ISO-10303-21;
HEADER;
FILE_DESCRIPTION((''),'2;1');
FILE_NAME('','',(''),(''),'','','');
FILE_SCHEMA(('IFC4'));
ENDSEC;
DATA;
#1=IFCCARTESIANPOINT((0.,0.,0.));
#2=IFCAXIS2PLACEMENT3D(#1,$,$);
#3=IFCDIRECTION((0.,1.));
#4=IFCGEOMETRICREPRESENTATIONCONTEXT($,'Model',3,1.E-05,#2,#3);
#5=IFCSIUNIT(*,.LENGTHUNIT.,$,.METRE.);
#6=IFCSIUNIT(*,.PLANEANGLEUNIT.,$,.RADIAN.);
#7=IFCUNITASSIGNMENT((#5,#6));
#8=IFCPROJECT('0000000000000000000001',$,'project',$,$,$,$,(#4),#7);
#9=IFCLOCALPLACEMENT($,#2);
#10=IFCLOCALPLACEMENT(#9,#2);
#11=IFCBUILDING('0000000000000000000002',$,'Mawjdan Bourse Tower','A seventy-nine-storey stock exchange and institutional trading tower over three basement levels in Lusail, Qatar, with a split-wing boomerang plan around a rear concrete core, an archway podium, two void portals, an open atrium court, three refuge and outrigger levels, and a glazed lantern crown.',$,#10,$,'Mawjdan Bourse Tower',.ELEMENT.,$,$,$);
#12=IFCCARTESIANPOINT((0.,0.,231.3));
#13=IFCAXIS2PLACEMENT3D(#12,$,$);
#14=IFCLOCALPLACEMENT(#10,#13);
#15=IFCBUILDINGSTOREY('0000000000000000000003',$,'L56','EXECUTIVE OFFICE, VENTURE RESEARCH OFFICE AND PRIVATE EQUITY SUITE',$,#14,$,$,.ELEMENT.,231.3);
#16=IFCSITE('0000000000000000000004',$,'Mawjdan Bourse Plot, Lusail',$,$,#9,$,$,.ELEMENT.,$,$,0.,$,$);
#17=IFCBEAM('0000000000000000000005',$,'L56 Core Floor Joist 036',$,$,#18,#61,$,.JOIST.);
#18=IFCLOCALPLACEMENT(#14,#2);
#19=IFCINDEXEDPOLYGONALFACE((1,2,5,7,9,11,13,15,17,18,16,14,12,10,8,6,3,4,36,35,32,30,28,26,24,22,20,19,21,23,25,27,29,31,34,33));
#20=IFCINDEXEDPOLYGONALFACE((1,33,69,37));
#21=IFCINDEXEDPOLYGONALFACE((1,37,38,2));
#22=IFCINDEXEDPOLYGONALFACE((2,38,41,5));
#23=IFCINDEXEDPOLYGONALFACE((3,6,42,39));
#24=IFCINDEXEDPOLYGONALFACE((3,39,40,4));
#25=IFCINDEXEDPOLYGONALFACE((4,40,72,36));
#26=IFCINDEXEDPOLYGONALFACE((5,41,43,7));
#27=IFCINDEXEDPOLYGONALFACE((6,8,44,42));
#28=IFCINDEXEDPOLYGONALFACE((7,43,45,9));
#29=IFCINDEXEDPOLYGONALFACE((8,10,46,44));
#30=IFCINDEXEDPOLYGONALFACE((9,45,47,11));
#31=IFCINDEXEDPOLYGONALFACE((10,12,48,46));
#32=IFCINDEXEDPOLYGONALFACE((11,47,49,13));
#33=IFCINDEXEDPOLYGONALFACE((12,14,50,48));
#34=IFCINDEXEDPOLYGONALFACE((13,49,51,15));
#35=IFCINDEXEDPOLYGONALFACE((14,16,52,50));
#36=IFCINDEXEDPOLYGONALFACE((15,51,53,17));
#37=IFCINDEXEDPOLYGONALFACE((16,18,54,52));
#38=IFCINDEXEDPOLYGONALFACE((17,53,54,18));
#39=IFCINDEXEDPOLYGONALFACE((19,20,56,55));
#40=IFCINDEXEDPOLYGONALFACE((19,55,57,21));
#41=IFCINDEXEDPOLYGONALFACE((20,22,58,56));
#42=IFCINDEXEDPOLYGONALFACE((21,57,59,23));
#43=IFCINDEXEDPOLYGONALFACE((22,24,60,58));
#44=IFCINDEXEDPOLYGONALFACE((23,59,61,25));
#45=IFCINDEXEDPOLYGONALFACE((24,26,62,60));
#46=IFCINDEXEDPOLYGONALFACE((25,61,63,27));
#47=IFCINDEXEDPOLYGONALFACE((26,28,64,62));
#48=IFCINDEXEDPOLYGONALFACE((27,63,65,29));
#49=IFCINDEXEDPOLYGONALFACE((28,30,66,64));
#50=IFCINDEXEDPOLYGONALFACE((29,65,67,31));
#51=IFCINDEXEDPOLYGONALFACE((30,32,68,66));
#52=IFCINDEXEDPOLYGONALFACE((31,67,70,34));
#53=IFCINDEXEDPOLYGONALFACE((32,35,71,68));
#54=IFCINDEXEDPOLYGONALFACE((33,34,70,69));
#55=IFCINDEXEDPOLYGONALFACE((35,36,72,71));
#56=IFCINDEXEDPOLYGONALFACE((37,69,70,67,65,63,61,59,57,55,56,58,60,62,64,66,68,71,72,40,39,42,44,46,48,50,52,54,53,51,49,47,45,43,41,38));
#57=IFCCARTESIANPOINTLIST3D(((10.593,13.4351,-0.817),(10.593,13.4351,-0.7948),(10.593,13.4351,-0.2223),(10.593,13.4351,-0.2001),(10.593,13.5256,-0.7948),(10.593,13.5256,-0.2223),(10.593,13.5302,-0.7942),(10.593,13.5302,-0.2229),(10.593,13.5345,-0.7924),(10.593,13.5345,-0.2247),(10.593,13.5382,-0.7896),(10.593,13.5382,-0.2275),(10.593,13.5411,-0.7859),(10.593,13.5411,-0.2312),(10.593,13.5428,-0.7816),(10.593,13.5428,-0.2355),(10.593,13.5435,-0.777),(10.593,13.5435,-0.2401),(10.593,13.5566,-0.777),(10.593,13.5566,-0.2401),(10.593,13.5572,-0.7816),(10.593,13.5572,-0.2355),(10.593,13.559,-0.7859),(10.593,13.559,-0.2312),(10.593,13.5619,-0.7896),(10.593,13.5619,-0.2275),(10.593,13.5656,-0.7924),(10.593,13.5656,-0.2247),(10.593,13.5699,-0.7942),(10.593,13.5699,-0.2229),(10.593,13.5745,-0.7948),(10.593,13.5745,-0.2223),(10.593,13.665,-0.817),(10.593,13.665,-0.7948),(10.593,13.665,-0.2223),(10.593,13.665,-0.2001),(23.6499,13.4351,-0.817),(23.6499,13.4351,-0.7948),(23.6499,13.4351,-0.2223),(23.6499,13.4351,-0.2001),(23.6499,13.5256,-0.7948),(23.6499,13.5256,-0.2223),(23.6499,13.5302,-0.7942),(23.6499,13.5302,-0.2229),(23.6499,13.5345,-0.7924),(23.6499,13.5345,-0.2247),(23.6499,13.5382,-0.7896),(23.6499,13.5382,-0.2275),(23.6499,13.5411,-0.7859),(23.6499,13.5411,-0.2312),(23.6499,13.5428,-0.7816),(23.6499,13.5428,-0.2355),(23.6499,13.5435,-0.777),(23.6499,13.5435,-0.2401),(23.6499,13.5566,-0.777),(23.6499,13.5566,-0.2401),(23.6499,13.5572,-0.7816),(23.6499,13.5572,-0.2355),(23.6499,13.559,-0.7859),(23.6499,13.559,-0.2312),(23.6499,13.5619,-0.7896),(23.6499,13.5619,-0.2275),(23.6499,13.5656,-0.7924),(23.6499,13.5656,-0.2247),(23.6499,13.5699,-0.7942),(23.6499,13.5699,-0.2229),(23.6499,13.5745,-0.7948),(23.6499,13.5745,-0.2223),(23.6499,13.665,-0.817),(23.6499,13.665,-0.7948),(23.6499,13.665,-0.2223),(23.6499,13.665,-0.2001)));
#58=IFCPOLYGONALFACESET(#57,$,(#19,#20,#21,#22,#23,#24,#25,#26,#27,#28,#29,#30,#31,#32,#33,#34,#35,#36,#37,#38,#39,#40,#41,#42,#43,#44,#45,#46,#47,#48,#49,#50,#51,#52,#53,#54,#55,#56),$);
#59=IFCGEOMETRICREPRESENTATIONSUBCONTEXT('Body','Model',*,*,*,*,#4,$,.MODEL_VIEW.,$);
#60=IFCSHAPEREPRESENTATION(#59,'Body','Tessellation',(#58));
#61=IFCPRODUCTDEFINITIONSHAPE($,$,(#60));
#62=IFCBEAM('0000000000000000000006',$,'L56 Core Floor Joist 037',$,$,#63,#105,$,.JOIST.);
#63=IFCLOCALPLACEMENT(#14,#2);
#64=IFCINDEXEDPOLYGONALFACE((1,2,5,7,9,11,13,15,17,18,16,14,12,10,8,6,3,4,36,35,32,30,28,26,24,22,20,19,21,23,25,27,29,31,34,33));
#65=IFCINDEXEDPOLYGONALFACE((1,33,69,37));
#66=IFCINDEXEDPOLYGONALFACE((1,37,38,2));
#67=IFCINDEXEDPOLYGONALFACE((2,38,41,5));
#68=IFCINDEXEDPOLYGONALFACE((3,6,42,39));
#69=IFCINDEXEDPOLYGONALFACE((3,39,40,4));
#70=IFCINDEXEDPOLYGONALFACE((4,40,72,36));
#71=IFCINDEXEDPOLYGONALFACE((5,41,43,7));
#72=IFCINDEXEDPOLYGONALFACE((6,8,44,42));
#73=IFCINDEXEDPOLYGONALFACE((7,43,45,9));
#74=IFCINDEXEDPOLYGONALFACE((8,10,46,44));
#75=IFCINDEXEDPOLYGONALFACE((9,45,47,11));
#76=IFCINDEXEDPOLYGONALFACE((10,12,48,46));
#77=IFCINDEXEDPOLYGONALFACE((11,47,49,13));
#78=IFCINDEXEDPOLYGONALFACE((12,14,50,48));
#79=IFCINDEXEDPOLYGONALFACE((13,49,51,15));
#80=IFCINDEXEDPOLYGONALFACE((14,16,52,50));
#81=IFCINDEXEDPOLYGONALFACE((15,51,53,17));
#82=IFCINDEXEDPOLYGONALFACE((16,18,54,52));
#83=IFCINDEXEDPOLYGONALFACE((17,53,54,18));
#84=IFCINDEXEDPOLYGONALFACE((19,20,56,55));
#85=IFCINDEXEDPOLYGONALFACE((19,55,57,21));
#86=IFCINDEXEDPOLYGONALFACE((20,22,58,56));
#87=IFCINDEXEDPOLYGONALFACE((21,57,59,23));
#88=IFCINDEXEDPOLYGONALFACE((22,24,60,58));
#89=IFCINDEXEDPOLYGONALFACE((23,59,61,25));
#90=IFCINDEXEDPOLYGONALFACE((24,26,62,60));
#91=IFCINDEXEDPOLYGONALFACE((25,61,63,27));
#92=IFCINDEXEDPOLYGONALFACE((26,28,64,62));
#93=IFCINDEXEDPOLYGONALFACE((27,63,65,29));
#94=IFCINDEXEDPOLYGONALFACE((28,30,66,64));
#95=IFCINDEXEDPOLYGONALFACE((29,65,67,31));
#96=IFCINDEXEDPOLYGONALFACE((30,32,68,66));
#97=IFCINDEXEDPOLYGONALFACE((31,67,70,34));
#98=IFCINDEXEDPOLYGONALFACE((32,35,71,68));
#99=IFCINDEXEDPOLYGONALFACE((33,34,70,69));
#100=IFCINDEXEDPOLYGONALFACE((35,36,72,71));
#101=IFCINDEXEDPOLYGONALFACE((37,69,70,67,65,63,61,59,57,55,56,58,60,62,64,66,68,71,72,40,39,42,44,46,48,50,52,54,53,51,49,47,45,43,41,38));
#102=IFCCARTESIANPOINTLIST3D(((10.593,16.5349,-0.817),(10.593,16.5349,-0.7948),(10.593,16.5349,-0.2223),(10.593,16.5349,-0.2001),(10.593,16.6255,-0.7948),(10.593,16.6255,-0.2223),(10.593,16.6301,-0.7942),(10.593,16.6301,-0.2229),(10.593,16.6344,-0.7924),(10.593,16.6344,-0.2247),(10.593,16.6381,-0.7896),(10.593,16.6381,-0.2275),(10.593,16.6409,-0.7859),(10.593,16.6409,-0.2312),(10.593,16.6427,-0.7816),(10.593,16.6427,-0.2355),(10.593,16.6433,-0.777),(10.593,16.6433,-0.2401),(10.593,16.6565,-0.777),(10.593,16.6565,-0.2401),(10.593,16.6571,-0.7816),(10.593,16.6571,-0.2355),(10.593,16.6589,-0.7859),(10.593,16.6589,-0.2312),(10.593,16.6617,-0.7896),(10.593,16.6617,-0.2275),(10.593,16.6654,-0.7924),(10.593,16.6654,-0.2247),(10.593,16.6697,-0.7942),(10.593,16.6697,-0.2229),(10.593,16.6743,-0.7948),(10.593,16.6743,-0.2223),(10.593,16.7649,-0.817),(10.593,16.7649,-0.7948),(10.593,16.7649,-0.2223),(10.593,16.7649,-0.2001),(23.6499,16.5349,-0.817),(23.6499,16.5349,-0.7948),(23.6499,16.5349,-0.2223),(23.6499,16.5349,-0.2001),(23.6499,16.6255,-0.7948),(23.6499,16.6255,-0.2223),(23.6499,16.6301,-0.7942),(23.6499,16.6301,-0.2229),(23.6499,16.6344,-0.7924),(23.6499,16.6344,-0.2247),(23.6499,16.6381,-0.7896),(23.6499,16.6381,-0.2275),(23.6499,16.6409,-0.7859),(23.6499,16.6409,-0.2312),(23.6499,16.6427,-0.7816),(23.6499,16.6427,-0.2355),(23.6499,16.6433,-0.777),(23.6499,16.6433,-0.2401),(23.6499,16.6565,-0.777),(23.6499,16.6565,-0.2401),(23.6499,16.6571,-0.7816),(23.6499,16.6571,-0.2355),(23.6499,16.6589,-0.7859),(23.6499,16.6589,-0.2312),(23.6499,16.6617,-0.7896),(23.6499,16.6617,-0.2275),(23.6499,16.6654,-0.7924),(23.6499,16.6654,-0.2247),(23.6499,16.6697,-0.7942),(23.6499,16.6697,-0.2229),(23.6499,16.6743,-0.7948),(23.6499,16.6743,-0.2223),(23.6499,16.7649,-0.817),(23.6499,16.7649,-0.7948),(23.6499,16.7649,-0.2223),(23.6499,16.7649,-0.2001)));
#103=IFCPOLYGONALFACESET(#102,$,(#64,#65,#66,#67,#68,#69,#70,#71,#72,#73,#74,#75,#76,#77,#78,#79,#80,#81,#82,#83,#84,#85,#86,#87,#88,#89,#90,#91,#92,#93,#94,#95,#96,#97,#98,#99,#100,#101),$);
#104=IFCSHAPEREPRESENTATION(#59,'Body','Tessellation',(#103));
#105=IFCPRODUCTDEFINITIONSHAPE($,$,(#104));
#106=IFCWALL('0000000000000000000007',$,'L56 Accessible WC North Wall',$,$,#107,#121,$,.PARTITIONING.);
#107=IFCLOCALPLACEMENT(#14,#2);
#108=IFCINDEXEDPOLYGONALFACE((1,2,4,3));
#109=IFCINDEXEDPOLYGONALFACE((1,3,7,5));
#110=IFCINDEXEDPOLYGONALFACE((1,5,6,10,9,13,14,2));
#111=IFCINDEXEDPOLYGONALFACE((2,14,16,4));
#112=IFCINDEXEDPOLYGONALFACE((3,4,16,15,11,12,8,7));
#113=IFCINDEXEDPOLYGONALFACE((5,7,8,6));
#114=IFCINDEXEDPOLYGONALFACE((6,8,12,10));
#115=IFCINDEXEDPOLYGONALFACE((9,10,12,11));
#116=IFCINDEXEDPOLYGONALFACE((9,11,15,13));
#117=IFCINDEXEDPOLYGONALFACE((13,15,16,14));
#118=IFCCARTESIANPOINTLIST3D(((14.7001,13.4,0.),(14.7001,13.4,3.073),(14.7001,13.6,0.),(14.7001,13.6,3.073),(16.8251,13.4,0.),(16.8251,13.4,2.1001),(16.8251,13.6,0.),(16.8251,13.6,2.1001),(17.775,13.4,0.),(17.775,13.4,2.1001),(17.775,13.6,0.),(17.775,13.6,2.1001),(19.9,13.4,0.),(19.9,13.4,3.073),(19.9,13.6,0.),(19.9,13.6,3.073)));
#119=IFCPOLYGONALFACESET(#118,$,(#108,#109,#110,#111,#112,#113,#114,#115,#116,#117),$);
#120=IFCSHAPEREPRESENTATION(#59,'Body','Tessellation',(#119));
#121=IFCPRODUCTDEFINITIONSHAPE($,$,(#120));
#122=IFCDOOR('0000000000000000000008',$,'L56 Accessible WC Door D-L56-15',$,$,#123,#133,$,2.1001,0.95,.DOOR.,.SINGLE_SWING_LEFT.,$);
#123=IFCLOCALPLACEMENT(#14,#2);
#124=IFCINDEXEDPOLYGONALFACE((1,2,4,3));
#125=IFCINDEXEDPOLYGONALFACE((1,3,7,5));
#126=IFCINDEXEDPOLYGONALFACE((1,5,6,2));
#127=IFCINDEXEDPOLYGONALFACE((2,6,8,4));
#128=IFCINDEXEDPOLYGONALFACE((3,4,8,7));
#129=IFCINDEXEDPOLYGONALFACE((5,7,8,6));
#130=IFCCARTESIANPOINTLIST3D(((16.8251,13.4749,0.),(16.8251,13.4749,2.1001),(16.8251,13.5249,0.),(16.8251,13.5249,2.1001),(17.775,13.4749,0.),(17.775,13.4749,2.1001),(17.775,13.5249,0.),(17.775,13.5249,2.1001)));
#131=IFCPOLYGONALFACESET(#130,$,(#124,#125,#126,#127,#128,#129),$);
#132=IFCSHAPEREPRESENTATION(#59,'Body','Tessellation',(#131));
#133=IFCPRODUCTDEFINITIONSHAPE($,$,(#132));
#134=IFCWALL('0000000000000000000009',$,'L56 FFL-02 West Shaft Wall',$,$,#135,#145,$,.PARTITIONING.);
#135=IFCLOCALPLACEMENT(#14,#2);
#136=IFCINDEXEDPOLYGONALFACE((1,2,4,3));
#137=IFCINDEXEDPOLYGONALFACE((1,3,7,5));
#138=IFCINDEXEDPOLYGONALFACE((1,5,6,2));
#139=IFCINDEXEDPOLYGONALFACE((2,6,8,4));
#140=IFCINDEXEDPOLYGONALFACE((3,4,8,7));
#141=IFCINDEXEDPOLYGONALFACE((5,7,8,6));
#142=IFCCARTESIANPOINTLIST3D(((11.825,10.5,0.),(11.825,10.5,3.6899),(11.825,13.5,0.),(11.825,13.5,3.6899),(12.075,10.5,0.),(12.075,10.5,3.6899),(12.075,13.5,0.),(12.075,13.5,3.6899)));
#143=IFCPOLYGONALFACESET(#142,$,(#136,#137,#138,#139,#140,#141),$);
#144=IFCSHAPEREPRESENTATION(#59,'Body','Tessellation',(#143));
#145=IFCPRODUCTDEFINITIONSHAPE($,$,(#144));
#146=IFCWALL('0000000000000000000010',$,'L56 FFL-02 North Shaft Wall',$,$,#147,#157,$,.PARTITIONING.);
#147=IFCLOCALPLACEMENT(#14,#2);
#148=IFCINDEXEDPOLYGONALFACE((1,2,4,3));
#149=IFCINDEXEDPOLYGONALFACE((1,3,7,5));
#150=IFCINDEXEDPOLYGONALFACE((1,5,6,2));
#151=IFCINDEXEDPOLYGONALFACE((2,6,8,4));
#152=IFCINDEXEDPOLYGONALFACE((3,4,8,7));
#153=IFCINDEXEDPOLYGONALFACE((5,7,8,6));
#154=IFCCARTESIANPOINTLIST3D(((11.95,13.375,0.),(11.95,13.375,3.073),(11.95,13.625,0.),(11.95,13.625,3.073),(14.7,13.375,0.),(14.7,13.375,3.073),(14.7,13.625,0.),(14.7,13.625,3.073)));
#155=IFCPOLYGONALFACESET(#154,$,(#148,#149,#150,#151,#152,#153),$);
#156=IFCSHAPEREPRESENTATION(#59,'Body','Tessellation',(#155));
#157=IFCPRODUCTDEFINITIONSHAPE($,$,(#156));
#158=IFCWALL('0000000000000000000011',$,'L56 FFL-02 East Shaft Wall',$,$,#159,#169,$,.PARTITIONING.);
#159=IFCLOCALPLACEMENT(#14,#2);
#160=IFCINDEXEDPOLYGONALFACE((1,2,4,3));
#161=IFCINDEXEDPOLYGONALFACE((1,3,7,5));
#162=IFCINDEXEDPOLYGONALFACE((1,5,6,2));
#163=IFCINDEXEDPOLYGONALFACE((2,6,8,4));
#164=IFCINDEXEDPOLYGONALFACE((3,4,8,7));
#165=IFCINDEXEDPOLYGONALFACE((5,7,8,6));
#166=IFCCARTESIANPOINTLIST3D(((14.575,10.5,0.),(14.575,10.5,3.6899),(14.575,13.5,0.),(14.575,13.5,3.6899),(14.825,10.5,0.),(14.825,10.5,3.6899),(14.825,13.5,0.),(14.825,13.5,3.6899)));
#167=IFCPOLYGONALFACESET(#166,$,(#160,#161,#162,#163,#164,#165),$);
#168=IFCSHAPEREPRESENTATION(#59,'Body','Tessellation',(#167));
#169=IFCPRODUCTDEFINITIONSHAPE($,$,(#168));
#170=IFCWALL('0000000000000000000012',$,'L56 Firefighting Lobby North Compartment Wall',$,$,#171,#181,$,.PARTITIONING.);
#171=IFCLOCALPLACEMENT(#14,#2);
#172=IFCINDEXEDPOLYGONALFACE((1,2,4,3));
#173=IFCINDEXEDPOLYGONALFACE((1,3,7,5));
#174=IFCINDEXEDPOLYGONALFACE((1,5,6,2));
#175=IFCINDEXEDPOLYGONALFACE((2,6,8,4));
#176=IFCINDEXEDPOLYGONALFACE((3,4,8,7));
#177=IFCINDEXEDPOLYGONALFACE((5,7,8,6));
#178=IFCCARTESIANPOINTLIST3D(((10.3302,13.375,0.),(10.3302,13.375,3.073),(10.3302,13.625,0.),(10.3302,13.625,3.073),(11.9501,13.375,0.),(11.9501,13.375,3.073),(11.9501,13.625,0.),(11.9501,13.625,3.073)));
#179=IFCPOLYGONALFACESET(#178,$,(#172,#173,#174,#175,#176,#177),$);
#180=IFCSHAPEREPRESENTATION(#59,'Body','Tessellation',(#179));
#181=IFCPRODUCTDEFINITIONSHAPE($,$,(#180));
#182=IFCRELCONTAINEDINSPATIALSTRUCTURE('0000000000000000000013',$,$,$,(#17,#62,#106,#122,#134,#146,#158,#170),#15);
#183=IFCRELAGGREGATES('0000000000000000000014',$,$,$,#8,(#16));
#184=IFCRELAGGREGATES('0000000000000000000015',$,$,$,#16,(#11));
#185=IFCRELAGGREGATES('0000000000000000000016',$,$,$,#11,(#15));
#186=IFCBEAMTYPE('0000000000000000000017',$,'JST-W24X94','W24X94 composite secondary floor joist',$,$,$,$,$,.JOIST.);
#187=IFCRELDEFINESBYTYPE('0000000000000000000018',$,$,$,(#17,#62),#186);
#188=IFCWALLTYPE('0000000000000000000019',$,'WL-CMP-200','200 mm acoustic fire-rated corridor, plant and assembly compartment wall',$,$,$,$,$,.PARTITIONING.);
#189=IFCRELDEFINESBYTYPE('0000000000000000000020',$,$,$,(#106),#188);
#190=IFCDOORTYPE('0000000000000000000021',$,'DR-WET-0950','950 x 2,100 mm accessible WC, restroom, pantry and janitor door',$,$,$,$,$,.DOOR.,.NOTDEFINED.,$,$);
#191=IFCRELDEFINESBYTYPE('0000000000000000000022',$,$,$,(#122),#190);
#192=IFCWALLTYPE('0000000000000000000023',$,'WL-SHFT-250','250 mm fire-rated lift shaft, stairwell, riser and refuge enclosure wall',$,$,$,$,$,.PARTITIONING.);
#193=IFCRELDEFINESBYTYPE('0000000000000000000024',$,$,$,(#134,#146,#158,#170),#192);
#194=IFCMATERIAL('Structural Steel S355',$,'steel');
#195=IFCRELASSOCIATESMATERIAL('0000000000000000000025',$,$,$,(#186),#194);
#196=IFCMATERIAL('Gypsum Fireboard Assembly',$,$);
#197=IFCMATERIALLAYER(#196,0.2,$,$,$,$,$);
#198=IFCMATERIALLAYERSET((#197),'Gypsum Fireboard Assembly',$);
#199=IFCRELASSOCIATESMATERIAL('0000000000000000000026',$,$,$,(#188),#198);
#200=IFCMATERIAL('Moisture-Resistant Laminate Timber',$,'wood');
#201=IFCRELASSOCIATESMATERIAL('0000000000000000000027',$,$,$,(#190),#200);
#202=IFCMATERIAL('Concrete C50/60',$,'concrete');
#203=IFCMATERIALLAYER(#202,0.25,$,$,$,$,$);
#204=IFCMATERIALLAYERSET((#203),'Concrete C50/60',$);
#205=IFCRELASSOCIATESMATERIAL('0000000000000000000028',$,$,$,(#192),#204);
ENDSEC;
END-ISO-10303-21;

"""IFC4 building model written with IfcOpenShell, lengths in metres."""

from ifc_helpers import new_model, si_unit, direction, frame, frame_2d, origin, origin_2d, place, context, subcontext, project, spatial, rectangle, i_section, extrude, material, layer, layer_set, material_profile, profile_set, type_object, element, fill, save


model = new_model("IFC4")

# Units and contexts
model_context = context("Model", 3, precision=1e-05, world=origin(), true_north=direction((0.0, 1.0)))
body_context = subcontext(model_context, "Body", "Model", "MODEL_VIEW")
ifc_project = project(units=[si_unit("LENGTHUNIT", "METRE"), si_unit("PLANEANGLEUNIT", "RADIAN")], contexts=[model_context])

# Site, building, storey
site_placement = place(None, origin())
site = spatial("IfcSite", under=ifc_project, at=site_placement, Name="Mawjdan Bourse Plot, Lusail", CompositionType="ELEMENT", RefElevation=0.0)
building_placement = place(site_placement, origin())
building = spatial("IfcBuilding", under=site, at=building_placement, Name="Mawjdan Bourse Tower", Description="A seventy-nine-storey stock exchange and institutional trading tower over three basement levels in Lusail, Qatar, with a split-wing boomerang plan around a rear concrete core, an archway podium, two void portals, an open atrium court, three refuge and outrigger levels, and a glazed lantern crown.", LongName="Mawjdan Bourse Tower", CompositionType="ELEMENT")
storey_placement = place(building_placement, frame((0.0, 0.0, 231.3)))
storey = spatial("IfcBuildingStorey", under=building, at=storey_placement, Name="L56", Description="EXECUTIVE OFFICE, VENTURE RESEARCH OFFICE AND PRIVATE EQUITY SUITE", CompositionType="ELEMENT", Elevation=231.3)

# Beams
ifc_material_1 = material(Name="Structural Steel S355", Category="steel")
ifc_material_profile = material_profile(ifc_material_1, i_section(OverallWidth=0.23, OverallDepth=0.6169, WebThickness=0.0132, FlangeThickness=0.0222, FilletRadius=0.0178, at=origin_2d()), Name="W24X94")
ifc_profile_set = profile_set([ifc_material_profile], Name="Structural Steel S355")
beam_type = type_object("IfcBeamType", Name="JST-W24X94", Description="W24X94 composite secondary floor joist", PredefinedType="JOIST", material=ifc_profile_set)
for number, where, z_axis, x_axis, name in (
    (1, (10.593, 13.55, -0.5085), (1.0, 0.0, 0.0), (0.0, 1.0, 0.0), "L56 Core Floor Joist 036"),
    (2, (10.593, 16.6499, -0.5085), (1.0, 0.0, 0.0), (0.0, 1.0, 0.0), "L56 Core Floor Joist 037"),
):
    element("IfcBeam", number, at=place(storey_placement, frame(where, z_axis=z_axis, x_axis=x_axis)), inside=storey, type_object=beam_type, Name=name, PredefinedType="JOIST", context=body_context, shape_type="SweptSolid", body=[
        extrude(i_section(OverallWidth=0.23, OverallDepth=0.6169, WebThickness=0.0132, FlangeThickness=0.0222, FilletRadius=0.0178, at=origin_2d()), origin(), (0.0, 0.0, 1.0), 13.0569),
    ])

# Wall, opening, door
ifc_material_2 = material(Name="Gypsum Fireboard Assembly")
ifc_layer_1 = layer(ifc_material_2, 0.2)
ifc_layer_set_1 = layer_set([ifc_layer_1], Name="Gypsum Fireboard Assembly")
wall_type_1 = type_object("IfcWallType", Name="WL-CMP-200", Description="200 mm acoustic fire-rated corridor, plant and assembly compartment wall", PredefinedType="PARTITIONING", material=ifc_layer_set_1)
wall_1_placement = place(storey_placement, frame((14.7, 13.5, 0.0), z_axis=(0.0, 0.0, 1.0), x_axis=(1.0, 0.0, 0.0)))
wall_1 = element("IfcWall", 3, at=wall_1_placement, inside=storey, type_object=wall_type_1, Name="L56 Accessible WC North Wall", PredefinedType="PARTITIONING", context=body_context, shape_type="SweptSolid", body=[
    extrude(rectangle(XDim=5.2, YDim=0.2, at=frame_2d((2.6001, 0.0))), origin(), (0.0, 0.0, 1.0), 3.073),
])
opening_1_placement = place(wall_1_placement, frame((2.125, 0.0, 0.0)))
opening_1 = element("IfcOpeningElement", 4, at=opening_1_placement, cuts=wall_1, PredefinedType="OPENING", context=body_context, shape_type="SweptSolid", body=[
    extrude(rectangle(XDim=0.95, YDim=2.1001, at=frame_2d((0.4751, 1.05))), frame((0.0, 0.1099, 0.0), z_axis=(0.0, -1.0, 0.0), x_axis=(1.0, 0.0, 0.0)), (0.0, 0.0, 1.0), 0.22),
])
ifc_material_3 = material(Name="Moisture-Resistant Laminate Timber", Category="wood")
door_type_1 = type_object("IfcDoorType", Name="DR-WET-0950", Description="950 x 2,100 mm accessible WC, restroom, pantry and janitor door", OperationType="NOTDEFINED", PredefinedType="DOOR", material=ifc_material_3)
door_1_placement = place(opening_1_placement, origin())
door_1 = element("IfcDoor", 5, at=door_1_placement, inside=storey, type_object=door_type_1, Name="L56 Accessible WC Door D-L56-15", OperationType="SINGLE_SWING_LEFT", OverallHeight=2.1001, OverallWidth=0.95, PredefinedType="DOOR", context=body_context, shape_type="SweptSolid", body=[
    extrude(rectangle(XDim=0.95, YDim=2.1001, at=frame_2d((0.4751, 1.05))), frame((0.0, 0.0249, 0.0), z_axis=(0.0, -1.0, 0.0), x_axis=(1.0, 0.0, 0.0)), (0.0, 0.0, 1.0), 0.05),
])
fill(opening_1, door_1)

# Walls
ifc_material_4 = material(Name="Concrete C50/60", Category="concrete")
ifc_layer_2 = layer(ifc_material_4, 0.25)
ifc_layer_set_2 = layer_set([ifc_layer_2], Name="Concrete C50/60")
wall_type_2 = type_object("IfcWallType", Name="WL-SHFT-250", Description="250 mm fire-rated lift shaft, stairwell, riser and refuge enclosure wall", PredefinedType="PARTITIONING", material=ifc_layer_set_2)
wall_2_placement = place(storey_placement, frame((11.95, 10.5, 0.0), z_axis=(0.0, 0.0, 1.0), x_axis=(0.0, 1.0, 0.0)))
element("IfcWall", 6, at=wall_2_placement, inside=storey, type_object=wall_type_2, Name="L56 FFL-02 West Shaft Wall", PredefinedType="PARTITIONING", context=body_context, shape_type="SweptSolid", body=[
    extrude(rectangle(XDim=3.0, YDim=0.25, at=frame_2d((1.5, 0.0))), origin(), (0.0, 0.0, 1.0), 3.6899),
])
wall_3_placement = place(storey_placement, frame((11.95, 13.5, 0.0), z_axis=(0.0, 0.0, 1.0), x_axis=(1.0, 0.0, 0.0)))
element("IfcWall", 7, at=wall_3_placement, inside=storey, type_object=wall_type_2, Name="L56 FFL-02 North Shaft Wall", PredefinedType="PARTITIONING", context=body_context, shape_type="SweptSolid", body=[
    extrude(rectangle(XDim=2.75, YDim=0.25, at=frame_2d((1.375, 0.0))), origin(), (0.0, 0.0, 1.0), 3.073),
])
wall_4_placement = place(storey_placement, frame((14.7, 10.5, 0.0), z_axis=(0.0, 0.0, 1.0), x_axis=(0.0, 1.0, 0.0)))
element("IfcWall", 8, at=wall_4_placement, inside=storey, type_object=wall_type_2, Name="L56 FFL-02 East Shaft Wall", PredefinedType="PARTITIONING", context=body_context, shape_type="SweptSolid", body=[
    extrude(rectangle(XDim=3.0, YDim=0.25, at=frame_2d((1.5, 0.0))), origin(), (0.0, 0.0, 1.0), 3.6899),
])
wall_5_placement = place(storey_placement, frame((10.3301, 13.5, 0.0), z_axis=(0.0, 0.0, 1.0), x_axis=(1.0, 0.0, 0.0)))
element("IfcWall", 9, at=wall_5_placement, inside=storey, type_object=wall_type_2, Name="L56 Firefighting Lobby North Compartment Wall", PredefinedType="PARTITIONING", context=body_context, shape_type="SweptSolid", body=[
    extrude(rectangle(XDim=1.6199, YDim=0.25, at=frame_2d((0.8101, 0.0))), origin(), (0.0, 0.0, 1.0), 3.073),
])

save(model, "model.ifc")
